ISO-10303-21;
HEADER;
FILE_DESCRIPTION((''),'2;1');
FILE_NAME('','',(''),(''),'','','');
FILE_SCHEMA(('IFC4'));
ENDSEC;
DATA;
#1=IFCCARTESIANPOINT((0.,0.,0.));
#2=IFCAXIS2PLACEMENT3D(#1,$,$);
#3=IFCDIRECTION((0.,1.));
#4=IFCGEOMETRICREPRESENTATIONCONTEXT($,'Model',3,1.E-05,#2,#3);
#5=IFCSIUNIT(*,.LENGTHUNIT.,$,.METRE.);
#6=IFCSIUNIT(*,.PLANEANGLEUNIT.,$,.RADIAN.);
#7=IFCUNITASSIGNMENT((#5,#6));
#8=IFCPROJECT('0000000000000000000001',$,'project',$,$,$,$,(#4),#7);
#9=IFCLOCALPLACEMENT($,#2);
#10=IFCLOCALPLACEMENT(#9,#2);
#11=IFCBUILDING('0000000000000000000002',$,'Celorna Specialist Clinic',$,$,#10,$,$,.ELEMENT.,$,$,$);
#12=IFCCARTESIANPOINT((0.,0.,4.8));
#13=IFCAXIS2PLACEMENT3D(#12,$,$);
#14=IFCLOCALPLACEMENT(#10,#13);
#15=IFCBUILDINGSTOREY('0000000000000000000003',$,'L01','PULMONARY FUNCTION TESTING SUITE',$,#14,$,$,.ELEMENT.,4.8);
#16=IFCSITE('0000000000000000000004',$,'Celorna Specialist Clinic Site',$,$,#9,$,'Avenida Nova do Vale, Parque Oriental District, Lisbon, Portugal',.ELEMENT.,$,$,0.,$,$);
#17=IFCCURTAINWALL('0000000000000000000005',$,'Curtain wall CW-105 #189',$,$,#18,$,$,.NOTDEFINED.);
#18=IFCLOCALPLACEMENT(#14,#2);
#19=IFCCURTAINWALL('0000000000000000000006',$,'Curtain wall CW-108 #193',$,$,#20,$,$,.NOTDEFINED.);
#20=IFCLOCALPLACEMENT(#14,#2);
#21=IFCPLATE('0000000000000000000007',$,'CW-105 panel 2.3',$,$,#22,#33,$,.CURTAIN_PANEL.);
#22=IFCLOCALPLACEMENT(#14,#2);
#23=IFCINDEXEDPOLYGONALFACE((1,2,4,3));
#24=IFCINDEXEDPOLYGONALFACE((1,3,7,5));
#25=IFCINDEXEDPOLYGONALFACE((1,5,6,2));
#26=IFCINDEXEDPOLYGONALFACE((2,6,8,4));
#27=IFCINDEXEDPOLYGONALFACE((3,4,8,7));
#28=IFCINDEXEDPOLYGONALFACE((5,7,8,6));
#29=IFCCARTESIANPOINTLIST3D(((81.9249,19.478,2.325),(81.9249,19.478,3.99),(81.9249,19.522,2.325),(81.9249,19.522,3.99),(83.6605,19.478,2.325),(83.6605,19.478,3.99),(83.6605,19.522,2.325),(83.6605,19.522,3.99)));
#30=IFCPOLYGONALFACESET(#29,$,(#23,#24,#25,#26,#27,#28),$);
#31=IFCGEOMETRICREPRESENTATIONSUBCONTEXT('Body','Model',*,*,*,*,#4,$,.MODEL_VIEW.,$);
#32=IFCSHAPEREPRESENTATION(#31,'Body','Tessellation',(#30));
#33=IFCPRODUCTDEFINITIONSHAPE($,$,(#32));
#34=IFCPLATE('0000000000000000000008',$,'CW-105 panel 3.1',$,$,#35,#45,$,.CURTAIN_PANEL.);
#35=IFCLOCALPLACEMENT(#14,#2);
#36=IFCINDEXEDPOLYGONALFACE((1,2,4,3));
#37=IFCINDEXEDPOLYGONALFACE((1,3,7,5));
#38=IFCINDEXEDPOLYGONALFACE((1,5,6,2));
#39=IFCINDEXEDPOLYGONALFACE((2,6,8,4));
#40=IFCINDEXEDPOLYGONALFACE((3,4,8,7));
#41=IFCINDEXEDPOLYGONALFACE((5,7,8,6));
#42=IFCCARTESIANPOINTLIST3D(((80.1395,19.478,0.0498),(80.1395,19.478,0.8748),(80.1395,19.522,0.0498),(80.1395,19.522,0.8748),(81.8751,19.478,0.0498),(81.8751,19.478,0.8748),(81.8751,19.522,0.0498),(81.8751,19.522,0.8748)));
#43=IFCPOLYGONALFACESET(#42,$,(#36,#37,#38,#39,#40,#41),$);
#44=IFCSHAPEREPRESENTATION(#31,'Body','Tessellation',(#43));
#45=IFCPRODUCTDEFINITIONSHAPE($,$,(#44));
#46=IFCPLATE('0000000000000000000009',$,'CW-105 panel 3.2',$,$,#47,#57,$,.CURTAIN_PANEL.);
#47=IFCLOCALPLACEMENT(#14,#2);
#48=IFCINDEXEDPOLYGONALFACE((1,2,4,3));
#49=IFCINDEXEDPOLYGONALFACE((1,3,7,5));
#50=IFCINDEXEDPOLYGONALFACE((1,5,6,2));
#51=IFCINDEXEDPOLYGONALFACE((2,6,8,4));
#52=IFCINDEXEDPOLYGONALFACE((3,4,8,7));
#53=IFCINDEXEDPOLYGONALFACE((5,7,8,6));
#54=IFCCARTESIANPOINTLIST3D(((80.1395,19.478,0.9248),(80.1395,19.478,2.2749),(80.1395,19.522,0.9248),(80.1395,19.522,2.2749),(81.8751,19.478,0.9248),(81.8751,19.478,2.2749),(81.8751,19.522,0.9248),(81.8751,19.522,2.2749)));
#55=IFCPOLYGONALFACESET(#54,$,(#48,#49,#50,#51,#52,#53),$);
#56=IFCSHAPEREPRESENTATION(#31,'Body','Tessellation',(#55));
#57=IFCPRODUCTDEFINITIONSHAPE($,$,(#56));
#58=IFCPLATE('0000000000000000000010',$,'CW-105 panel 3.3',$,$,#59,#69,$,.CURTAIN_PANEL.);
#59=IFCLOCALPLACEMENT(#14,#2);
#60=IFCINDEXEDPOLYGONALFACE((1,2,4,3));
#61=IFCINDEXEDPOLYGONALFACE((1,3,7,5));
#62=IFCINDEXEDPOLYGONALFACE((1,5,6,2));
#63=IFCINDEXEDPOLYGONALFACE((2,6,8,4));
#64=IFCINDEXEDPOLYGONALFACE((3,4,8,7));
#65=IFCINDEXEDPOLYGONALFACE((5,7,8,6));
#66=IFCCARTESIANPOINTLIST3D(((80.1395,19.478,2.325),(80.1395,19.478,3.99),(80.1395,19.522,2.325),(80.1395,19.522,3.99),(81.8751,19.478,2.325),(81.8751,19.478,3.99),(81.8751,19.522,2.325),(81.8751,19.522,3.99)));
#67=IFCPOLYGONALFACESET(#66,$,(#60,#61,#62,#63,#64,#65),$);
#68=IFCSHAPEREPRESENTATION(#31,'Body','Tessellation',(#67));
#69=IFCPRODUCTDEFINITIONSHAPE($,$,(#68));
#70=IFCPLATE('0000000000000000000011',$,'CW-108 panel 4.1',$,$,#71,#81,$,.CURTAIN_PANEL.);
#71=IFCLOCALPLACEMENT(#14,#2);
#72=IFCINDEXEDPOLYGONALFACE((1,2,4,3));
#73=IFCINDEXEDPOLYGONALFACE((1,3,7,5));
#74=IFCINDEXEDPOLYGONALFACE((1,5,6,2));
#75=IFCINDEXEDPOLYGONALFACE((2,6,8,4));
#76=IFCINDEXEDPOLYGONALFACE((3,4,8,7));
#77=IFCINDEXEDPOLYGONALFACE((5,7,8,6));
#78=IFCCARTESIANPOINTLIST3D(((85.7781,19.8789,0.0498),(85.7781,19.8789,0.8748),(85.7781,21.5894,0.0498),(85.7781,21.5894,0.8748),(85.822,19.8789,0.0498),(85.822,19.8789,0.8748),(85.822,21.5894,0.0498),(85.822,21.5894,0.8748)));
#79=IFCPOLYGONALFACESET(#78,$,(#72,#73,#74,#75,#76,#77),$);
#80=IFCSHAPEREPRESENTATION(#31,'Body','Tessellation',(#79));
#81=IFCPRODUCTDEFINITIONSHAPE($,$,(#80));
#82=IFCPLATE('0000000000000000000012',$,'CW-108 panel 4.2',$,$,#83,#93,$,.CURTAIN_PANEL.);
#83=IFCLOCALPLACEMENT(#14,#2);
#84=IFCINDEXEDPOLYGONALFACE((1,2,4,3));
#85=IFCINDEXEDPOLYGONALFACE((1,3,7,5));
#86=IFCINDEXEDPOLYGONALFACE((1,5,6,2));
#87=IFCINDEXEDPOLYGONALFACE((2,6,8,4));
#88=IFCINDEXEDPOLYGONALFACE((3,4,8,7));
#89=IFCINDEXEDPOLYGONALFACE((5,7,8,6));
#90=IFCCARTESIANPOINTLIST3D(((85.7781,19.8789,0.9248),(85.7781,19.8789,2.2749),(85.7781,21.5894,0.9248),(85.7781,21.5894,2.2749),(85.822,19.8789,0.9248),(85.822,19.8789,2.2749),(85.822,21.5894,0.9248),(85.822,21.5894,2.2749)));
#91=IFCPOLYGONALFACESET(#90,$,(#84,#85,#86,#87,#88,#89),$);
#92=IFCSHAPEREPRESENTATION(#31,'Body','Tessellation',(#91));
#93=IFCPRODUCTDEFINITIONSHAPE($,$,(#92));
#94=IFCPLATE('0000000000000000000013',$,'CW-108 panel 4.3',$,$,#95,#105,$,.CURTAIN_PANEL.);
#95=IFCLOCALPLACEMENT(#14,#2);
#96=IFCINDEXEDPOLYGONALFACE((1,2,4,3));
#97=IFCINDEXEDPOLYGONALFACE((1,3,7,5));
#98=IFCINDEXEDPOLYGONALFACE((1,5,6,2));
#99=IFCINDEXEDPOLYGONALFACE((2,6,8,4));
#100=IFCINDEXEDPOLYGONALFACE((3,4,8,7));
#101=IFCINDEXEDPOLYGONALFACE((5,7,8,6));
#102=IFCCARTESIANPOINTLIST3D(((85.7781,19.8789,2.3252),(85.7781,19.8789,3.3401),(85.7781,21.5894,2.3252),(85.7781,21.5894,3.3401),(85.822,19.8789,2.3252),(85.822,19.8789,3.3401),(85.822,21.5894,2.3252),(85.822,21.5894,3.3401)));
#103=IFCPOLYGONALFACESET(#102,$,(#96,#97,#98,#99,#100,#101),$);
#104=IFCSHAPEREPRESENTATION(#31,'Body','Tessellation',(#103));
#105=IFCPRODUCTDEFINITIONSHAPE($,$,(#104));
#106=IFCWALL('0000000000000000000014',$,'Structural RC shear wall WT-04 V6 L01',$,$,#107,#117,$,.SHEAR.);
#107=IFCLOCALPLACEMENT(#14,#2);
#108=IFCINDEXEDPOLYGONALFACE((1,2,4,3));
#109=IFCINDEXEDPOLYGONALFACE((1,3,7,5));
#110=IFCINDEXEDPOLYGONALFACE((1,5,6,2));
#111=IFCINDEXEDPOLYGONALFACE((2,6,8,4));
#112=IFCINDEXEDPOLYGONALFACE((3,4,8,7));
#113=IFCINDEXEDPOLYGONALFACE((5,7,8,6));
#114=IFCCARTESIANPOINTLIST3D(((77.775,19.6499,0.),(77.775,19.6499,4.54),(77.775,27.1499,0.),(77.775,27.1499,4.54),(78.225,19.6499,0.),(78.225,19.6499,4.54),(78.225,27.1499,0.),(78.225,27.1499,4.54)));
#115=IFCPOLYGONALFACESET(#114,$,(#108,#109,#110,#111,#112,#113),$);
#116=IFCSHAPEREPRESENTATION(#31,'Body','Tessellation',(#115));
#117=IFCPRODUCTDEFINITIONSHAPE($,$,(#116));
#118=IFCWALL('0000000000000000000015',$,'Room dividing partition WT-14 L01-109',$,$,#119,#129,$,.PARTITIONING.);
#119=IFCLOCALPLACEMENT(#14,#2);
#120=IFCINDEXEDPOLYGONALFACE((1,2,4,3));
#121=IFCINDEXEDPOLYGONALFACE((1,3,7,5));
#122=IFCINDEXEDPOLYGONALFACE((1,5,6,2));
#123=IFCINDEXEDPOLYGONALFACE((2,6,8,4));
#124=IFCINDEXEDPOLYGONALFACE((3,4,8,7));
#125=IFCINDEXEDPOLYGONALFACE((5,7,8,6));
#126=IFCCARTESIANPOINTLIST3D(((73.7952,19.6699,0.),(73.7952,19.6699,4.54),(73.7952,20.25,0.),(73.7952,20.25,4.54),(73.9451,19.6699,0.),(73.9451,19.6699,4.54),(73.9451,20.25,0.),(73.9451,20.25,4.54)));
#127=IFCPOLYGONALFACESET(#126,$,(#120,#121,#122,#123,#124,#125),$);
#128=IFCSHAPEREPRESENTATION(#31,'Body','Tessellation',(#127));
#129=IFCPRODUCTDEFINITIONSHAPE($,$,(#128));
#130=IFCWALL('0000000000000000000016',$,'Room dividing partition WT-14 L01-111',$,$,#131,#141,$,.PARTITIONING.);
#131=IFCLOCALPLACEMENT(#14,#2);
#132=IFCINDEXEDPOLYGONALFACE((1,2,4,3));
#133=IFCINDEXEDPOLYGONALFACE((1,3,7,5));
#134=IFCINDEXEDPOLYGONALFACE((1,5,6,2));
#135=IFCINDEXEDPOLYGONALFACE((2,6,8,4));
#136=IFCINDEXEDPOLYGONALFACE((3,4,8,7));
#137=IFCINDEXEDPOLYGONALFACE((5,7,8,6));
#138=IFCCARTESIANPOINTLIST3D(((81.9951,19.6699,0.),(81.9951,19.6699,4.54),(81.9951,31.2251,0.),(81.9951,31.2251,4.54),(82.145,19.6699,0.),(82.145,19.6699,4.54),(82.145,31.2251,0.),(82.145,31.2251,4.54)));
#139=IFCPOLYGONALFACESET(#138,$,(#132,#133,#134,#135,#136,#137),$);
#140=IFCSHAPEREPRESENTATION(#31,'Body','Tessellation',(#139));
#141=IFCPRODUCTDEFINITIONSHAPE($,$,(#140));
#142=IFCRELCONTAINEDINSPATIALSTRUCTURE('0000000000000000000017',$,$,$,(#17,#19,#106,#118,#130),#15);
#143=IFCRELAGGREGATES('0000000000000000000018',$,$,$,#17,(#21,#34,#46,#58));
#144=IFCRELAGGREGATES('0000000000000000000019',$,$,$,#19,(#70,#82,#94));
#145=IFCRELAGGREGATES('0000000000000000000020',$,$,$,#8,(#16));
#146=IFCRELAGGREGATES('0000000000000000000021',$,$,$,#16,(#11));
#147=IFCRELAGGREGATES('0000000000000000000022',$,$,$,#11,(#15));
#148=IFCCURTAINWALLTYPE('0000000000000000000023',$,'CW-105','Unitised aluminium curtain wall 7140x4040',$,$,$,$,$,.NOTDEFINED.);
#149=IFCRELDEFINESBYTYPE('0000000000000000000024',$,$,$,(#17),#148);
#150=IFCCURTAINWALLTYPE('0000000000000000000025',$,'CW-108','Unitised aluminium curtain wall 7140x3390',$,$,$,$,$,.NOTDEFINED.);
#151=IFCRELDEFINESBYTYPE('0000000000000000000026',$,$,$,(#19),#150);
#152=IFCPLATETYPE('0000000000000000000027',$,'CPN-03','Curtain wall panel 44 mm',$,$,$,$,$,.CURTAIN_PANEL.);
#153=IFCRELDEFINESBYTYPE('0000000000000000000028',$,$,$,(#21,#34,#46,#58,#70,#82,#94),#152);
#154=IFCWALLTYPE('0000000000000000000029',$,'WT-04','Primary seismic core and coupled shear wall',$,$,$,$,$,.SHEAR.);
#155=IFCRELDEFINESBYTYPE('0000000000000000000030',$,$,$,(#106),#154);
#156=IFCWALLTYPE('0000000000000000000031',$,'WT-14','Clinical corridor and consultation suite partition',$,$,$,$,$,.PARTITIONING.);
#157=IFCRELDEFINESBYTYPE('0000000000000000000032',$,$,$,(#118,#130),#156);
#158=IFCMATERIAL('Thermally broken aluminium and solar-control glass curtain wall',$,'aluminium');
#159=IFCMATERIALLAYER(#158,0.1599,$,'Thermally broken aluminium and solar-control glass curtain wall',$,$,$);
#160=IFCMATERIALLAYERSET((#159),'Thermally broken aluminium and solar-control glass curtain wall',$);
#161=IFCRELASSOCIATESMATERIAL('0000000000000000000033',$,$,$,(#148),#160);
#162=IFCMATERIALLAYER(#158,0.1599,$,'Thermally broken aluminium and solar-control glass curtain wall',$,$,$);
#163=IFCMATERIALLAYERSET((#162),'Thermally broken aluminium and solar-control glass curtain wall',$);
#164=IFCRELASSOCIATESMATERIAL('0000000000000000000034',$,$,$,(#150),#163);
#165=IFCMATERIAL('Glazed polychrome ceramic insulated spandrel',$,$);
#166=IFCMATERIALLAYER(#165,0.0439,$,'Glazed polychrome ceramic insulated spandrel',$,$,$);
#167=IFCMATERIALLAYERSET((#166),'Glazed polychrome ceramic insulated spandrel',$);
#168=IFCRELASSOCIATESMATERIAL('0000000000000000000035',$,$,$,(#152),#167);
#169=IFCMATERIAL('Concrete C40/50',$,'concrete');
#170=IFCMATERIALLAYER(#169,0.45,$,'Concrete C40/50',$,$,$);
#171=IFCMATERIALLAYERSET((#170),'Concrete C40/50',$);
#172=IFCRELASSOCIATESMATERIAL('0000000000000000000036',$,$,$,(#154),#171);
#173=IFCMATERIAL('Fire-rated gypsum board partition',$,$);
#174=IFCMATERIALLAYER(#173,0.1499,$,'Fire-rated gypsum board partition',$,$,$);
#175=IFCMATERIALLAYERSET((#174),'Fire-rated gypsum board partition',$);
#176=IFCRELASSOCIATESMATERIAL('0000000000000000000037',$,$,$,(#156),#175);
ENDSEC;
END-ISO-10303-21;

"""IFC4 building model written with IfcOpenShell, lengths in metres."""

from ifc_helpers import new_model, si_unit, direction, frame, frame_2d, origin, origin_2d, place, context, subcontext, project, spatial, rectangle, extrude, material, layer, layer_set, type_object, element, aggregate, save


model = new_model("IFC4")

# Units and contexts
model_context = context("Model", 3, precision=1e-05, world=origin(), true_north=direction((0.0, 1.0)))
body_context = subcontext(model_context, "Body", "Model", "MODEL_VIEW")
ifc_project = project(units=[si_unit("LENGTHUNIT", "METRE"), si_unit("PLANEANGLEUNIT", "RADIAN")], contexts=[model_context])

# Site, building, storey
site_placement = place(None, origin())
site = spatial("IfcSite", under=ifc_project, at=site_placement, Name="Celorna Specialist Clinic Site", LongName="Avenida Nova do Vale, Parque Oriental District, Lisbon, Portugal", CompositionType="ELEMENT", RefElevation=0.0)
building_placement = place(site_placement, origin())
building = spatial("IfcBuilding", under=site, at=building_placement, Name="Celorna Specialist Clinic", CompositionType="ELEMENT")
storey_placement = place(building_placement, frame((0.0, 0.0, 4.8)))
storey = spatial("IfcBuildingStorey", under=building, at=storey_placement, Name="L01", Description="PULMONARY FUNCTION TESTING SUITE", CompositionType="ELEMENT", Elevation=4.8)

# Shared definitions
ifc_material_1 = material(Name="Concrete C40/50", Category="concrete")

# Curtain walls
ifc_material_2 = material(Name="Thermally broken aluminium and solar-control glass curtain wall", Category="aluminium")
ifc_layer_1 = layer(ifc_material_2, 0.1599, Name="Thermally broken aluminium and solar-control glass curtain wall")
ifc_layer_set_1 = layer_set([ifc_layer_1], Name="Thermally broken aluminium and solar-control glass curtain wall")
curtain_wall_type_1 = type_object("IfcCurtainWallType", Name="CW-105", Description="Unitised aluminium curtain wall 7140x4040", PredefinedType="NOTDEFINED", material=ifc_layer_set_1)
curtain_wall_1_placement = place(storey_placement, origin())
curtain_wall_1 = element("IfcCurtainWall", 1, at=curtain_wall_1_placement, inside=storey, type_object=curtain_wall_type_1, Name="Curtain wall CW-105 #189", PredefinedType="NOTDEFINED")
ifc_layer_2 = layer(ifc_material_2, 0.1599, Name="Thermally broken aluminium and solar-control glass curtain wall")
ifc_layer_set_2 = layer_set([ifc_layer_2], Name="Thermally broken aluminium and solar-control glass curtain wall")
curtain_wall_type_2 = type_object("IfcCurtainWallType", Name="CW-108", Description="Unitised aluminium curtain wall 7140x3390", PredefinedType="NOTDEFINED", material=ifc_layer_set_2)
curtain_wall_2_placement = place(storey_placement, origin())
curtain_wall_2 = element("IfcCurtainWall", 2, at=curtain_wall_2_placement, inside=storey, type_object=curtain_wall_type_2, Name="Curtain wall CW-108 #193", PredefinedType="NOTDEFINED")

# Plates
ifc_material_3 = material(Name="Glazed polychrome ceramic insulated spandrel")
ifc_layer_3 = layer(ifc_material_3, 0.0439, Name="Glazed polychrome ceramic insulated spandrel")
ifc_layer_set_3 = layer_set([ifc_layer_3], Name="Glazed polychrome ceramic insulated spandrel")
plate_type = type_object("IfcPlateType", Name="CPN-03", Description="Curtain wall panel 44 mm", PredefinedType="CURTAIN_PANEL", material=ifc_layer_set_3)
plate_1_placement = place(storey_placement, frame((82.7927, 19.5, 2.325), z_axis=(0.0, 0.0, 1.0), x_axis=(-1.0, 0.0, 0.0)))
plate_1 = element("IfcPlate", 3, at=plate_1_placement, type_object=plate_type, Name="CW-105 panel 2.3", PredefinedType="CURTAIN_PANEL", context=body_context, shape_type="SweptSolid", body=[
    extrude(rectangle(XDim=1.7356, YDim=0.0439, at=origin_2d()), origin(), (0.0, 0.0, 1.0), 1.665),
])
plate_2_placement = place(storey_placement, frame((81.0073, 19.5, 0.0498), z_axis=(0.0, 0.0, 1.0), x_axis=(-1.0, 0.0, 0.0)))
plate_2 = element("IfcPlate", 4, at=plate_2_placement, type_object=plate_type, Name="CW-105 panel 3.1", PredefinedType="CURTAIN_PANEL", context=body_context, shape_type="SweptSolid", body=[
    extrude(rectangle(XDim=1.7356, YDim=0.0439, at=origin_2d()), origin(), (0.0, 0.0, 1.0), 0.825),
])
plate_3_placement = place(storey_placement, frame((81.0073, 19.5, 0.9248), z_axis=(0.0, 0.0, 1.0), x_axis=(-1.0, 0.0, 0.0)))
plate_3 = element("IfcPlate", 5, at=plate_3_placement, type_object=plate_type, Name="CW-105 panel 3.2", PredefinedType="CURTAIN_PANEL", context=body_context, shape_type="SweptSolid", body=[
    extrude(rectangle(XDim=1.7356, YDim=0.0439, at=origin_2d()), origin(), (0.0, 0.0, 1.0), 1.3501),
])
plate_4_placement = place(storey_placement, frame((81.0073, 19.5, 2.325), z_axis=(0.0, 0.0, 1.0), x_axis=(-1.0, 0.0, 0.0)))
plate_4 = element("IfcPlate", 6, at=plate_4_placement, type_object=plate_type, Name="CW-105 panel 3.3", PredefinedType="CURTAIN_PANEL", context=body_context, shape_type="SweptSolid", body=[
    extrude(rectangle(XDim=1.7356, YDim=0.0439, at=origin_2d()), origin(), (0.0, 0.0, 1.0), 1.665),
])
aggregate(curtain_wall_1, [plate_1, plate_2, plate_3, plate_4])
plate_5_placement = place(storey_placement, frame((85.8, 20.7341, 0.0498), z_axis=(0.0, 0.0, 1.0), x_axis=(0.0, -1.0, 0.0)))
plate_5 = element("IfcPlate", 7, at=plate_5_placement, type_object=plate_type, Name="CW-108 panel 4.1", PredefinedType="CURTAIN_PANEL", context=body_context, shape_type="SweptSolid", body=[
    extrude(rectangle(XDim=1.7104, YDim=0.0439, at=origin_2d()), origin(), (0.0, 0.0, 1.0), 0.825),
])
plate_6_placement = place(storey_placement, frame((85.8, 20.7341, 0.9248), z_axis=(0.0, 0.0, 1.0), x_axis=(0.0, -1.0, 0.0)))
plate_6 = element("IfcPlate", 8, at=plate_6_placement, type_object=plate_type, Name="CW-108 panel 4.2", PredefinedType="CURTAIN_PANEL", context=body_context, shape_type="SweptSolid", body=[
    extrude(rectangle(XDim=1.7104, YDim=0.0439, at=origin_2d()), origin(), (0.0, 0.0, 1.0), 1.3501),
])
plate_7_placement = place(storey_placement, frame((85.8, 20.7341, 2.3252), z_axis=(0.0, 0.0, 1.0), x_axis=(0.0, -1.0, 0.0)))
plate_7 = element("IfcPlate", 9, at=plate_7_placement, type_object=plate_type, Name="CW-108 panel 4.3", PredefinedType="CURTAIN_PANEL", context=body_context, shape_type="SweptSolid", body=[
    extrude(rectangle(XDim=1.7104, YDim=0.0439, at=origin_2d()), origin(), (0.0, 0.0, 1.0), 1.0149),
])
aggregate(curtain_wall_2, [plate_5, plate_6, plate_7])

# Walls
ifc_layer_4 = layer(ifc_material_1, 0.45, Name="Concrete C40/50")
ifc_layer_set_4 = layer_set([ifc_layer_4], Name="Concrete C40/50")
wall_type_1 = type_object("IfcWallType", Name="WT-04", Description="Primary seismic core and coupled shear wall", PredefinedType="SHEAR", material=ifc_layer_set_4)
wall_1_placement = place(storey_placement, frame((78.0, 19.6499, 0.0), z_axis=(0.0, 0.0, 1.0), x_axis=(0.0, 1.0, 0.0)))
element("IfcWall", 10, at=wall_1_placement, inside=storey, type_object=wall_type_1, Name="Structural RC shear wall WT-04 V6 L01", PredefinedType="SHEAR", context=body_context, shape_type="SweptSolid", body=[
    extrude(rectangle(XDim=7.5, YDim=0.45, at=frame_2d((3.75, 0.0))), origin(), (0.0, 0.0, 1.0), 4.54),
])
ifc_material_4 = material(Name="Fire-rated gypsum board partition")
ifc_layer_5 = layer(ifc_material_4, 0.1499, Name="Fire-rated gypsum board partition")
ifc_layer_set_5 = layer_set([ifc_layer_5], Name="Fire-rated gypsum board partition")
wall_type_2 = type_object("IfcWallType", Name="WT-14", Description="Clinical corridor and consultation suite partition", PredefinedType="PARTITIONING", material=ifc_layer_set_5)
wall_2_placement = place(storey_placement, frame((73.8701, 19.6699, 0.0), z_axis=(0.0, 0.0, 1.0), x_axis=(0.0, 1.0, 0.0)))
element("IfcWall", 11, at=wall_2_placement, inside=storey, type_object=wall_type_2, Name="Room dividing partition WT-14 L01-109", PredefinedType="PARTITIONING", context=body_context, shape_type="SweptSolid", body=[
    extrude(rectangle(XDim=0.5801, YDim=0.1499, at=frame_2d((0.29, 0.0))), origin(), (0.0, 0.0, 1.0), 4.54),
])
wall_3_placement = place(storey_placement, frame((82.0701, 19.6699, 0.0), z_axis=(0.0, 0.0, 1.0), x_axis=(0.0, 1.0, 0.0)))
element("IfcWall", 12, at=wall_3_placement, inside=storey, type_object=wall_type_2, Name="Room dividing partition WT-14 L01-111", PredefinedType="PARTITIONING", context=body_context, shape_type="SweptSolid", body=[
    extrude(rectangle(XDim=11.5552, YDim=0.1499, at=frame_2d((5.7776, 0.0))), origin(), (0.0, 0.0, 1.0), 4.54),
])

save(model, "model.ifc")
